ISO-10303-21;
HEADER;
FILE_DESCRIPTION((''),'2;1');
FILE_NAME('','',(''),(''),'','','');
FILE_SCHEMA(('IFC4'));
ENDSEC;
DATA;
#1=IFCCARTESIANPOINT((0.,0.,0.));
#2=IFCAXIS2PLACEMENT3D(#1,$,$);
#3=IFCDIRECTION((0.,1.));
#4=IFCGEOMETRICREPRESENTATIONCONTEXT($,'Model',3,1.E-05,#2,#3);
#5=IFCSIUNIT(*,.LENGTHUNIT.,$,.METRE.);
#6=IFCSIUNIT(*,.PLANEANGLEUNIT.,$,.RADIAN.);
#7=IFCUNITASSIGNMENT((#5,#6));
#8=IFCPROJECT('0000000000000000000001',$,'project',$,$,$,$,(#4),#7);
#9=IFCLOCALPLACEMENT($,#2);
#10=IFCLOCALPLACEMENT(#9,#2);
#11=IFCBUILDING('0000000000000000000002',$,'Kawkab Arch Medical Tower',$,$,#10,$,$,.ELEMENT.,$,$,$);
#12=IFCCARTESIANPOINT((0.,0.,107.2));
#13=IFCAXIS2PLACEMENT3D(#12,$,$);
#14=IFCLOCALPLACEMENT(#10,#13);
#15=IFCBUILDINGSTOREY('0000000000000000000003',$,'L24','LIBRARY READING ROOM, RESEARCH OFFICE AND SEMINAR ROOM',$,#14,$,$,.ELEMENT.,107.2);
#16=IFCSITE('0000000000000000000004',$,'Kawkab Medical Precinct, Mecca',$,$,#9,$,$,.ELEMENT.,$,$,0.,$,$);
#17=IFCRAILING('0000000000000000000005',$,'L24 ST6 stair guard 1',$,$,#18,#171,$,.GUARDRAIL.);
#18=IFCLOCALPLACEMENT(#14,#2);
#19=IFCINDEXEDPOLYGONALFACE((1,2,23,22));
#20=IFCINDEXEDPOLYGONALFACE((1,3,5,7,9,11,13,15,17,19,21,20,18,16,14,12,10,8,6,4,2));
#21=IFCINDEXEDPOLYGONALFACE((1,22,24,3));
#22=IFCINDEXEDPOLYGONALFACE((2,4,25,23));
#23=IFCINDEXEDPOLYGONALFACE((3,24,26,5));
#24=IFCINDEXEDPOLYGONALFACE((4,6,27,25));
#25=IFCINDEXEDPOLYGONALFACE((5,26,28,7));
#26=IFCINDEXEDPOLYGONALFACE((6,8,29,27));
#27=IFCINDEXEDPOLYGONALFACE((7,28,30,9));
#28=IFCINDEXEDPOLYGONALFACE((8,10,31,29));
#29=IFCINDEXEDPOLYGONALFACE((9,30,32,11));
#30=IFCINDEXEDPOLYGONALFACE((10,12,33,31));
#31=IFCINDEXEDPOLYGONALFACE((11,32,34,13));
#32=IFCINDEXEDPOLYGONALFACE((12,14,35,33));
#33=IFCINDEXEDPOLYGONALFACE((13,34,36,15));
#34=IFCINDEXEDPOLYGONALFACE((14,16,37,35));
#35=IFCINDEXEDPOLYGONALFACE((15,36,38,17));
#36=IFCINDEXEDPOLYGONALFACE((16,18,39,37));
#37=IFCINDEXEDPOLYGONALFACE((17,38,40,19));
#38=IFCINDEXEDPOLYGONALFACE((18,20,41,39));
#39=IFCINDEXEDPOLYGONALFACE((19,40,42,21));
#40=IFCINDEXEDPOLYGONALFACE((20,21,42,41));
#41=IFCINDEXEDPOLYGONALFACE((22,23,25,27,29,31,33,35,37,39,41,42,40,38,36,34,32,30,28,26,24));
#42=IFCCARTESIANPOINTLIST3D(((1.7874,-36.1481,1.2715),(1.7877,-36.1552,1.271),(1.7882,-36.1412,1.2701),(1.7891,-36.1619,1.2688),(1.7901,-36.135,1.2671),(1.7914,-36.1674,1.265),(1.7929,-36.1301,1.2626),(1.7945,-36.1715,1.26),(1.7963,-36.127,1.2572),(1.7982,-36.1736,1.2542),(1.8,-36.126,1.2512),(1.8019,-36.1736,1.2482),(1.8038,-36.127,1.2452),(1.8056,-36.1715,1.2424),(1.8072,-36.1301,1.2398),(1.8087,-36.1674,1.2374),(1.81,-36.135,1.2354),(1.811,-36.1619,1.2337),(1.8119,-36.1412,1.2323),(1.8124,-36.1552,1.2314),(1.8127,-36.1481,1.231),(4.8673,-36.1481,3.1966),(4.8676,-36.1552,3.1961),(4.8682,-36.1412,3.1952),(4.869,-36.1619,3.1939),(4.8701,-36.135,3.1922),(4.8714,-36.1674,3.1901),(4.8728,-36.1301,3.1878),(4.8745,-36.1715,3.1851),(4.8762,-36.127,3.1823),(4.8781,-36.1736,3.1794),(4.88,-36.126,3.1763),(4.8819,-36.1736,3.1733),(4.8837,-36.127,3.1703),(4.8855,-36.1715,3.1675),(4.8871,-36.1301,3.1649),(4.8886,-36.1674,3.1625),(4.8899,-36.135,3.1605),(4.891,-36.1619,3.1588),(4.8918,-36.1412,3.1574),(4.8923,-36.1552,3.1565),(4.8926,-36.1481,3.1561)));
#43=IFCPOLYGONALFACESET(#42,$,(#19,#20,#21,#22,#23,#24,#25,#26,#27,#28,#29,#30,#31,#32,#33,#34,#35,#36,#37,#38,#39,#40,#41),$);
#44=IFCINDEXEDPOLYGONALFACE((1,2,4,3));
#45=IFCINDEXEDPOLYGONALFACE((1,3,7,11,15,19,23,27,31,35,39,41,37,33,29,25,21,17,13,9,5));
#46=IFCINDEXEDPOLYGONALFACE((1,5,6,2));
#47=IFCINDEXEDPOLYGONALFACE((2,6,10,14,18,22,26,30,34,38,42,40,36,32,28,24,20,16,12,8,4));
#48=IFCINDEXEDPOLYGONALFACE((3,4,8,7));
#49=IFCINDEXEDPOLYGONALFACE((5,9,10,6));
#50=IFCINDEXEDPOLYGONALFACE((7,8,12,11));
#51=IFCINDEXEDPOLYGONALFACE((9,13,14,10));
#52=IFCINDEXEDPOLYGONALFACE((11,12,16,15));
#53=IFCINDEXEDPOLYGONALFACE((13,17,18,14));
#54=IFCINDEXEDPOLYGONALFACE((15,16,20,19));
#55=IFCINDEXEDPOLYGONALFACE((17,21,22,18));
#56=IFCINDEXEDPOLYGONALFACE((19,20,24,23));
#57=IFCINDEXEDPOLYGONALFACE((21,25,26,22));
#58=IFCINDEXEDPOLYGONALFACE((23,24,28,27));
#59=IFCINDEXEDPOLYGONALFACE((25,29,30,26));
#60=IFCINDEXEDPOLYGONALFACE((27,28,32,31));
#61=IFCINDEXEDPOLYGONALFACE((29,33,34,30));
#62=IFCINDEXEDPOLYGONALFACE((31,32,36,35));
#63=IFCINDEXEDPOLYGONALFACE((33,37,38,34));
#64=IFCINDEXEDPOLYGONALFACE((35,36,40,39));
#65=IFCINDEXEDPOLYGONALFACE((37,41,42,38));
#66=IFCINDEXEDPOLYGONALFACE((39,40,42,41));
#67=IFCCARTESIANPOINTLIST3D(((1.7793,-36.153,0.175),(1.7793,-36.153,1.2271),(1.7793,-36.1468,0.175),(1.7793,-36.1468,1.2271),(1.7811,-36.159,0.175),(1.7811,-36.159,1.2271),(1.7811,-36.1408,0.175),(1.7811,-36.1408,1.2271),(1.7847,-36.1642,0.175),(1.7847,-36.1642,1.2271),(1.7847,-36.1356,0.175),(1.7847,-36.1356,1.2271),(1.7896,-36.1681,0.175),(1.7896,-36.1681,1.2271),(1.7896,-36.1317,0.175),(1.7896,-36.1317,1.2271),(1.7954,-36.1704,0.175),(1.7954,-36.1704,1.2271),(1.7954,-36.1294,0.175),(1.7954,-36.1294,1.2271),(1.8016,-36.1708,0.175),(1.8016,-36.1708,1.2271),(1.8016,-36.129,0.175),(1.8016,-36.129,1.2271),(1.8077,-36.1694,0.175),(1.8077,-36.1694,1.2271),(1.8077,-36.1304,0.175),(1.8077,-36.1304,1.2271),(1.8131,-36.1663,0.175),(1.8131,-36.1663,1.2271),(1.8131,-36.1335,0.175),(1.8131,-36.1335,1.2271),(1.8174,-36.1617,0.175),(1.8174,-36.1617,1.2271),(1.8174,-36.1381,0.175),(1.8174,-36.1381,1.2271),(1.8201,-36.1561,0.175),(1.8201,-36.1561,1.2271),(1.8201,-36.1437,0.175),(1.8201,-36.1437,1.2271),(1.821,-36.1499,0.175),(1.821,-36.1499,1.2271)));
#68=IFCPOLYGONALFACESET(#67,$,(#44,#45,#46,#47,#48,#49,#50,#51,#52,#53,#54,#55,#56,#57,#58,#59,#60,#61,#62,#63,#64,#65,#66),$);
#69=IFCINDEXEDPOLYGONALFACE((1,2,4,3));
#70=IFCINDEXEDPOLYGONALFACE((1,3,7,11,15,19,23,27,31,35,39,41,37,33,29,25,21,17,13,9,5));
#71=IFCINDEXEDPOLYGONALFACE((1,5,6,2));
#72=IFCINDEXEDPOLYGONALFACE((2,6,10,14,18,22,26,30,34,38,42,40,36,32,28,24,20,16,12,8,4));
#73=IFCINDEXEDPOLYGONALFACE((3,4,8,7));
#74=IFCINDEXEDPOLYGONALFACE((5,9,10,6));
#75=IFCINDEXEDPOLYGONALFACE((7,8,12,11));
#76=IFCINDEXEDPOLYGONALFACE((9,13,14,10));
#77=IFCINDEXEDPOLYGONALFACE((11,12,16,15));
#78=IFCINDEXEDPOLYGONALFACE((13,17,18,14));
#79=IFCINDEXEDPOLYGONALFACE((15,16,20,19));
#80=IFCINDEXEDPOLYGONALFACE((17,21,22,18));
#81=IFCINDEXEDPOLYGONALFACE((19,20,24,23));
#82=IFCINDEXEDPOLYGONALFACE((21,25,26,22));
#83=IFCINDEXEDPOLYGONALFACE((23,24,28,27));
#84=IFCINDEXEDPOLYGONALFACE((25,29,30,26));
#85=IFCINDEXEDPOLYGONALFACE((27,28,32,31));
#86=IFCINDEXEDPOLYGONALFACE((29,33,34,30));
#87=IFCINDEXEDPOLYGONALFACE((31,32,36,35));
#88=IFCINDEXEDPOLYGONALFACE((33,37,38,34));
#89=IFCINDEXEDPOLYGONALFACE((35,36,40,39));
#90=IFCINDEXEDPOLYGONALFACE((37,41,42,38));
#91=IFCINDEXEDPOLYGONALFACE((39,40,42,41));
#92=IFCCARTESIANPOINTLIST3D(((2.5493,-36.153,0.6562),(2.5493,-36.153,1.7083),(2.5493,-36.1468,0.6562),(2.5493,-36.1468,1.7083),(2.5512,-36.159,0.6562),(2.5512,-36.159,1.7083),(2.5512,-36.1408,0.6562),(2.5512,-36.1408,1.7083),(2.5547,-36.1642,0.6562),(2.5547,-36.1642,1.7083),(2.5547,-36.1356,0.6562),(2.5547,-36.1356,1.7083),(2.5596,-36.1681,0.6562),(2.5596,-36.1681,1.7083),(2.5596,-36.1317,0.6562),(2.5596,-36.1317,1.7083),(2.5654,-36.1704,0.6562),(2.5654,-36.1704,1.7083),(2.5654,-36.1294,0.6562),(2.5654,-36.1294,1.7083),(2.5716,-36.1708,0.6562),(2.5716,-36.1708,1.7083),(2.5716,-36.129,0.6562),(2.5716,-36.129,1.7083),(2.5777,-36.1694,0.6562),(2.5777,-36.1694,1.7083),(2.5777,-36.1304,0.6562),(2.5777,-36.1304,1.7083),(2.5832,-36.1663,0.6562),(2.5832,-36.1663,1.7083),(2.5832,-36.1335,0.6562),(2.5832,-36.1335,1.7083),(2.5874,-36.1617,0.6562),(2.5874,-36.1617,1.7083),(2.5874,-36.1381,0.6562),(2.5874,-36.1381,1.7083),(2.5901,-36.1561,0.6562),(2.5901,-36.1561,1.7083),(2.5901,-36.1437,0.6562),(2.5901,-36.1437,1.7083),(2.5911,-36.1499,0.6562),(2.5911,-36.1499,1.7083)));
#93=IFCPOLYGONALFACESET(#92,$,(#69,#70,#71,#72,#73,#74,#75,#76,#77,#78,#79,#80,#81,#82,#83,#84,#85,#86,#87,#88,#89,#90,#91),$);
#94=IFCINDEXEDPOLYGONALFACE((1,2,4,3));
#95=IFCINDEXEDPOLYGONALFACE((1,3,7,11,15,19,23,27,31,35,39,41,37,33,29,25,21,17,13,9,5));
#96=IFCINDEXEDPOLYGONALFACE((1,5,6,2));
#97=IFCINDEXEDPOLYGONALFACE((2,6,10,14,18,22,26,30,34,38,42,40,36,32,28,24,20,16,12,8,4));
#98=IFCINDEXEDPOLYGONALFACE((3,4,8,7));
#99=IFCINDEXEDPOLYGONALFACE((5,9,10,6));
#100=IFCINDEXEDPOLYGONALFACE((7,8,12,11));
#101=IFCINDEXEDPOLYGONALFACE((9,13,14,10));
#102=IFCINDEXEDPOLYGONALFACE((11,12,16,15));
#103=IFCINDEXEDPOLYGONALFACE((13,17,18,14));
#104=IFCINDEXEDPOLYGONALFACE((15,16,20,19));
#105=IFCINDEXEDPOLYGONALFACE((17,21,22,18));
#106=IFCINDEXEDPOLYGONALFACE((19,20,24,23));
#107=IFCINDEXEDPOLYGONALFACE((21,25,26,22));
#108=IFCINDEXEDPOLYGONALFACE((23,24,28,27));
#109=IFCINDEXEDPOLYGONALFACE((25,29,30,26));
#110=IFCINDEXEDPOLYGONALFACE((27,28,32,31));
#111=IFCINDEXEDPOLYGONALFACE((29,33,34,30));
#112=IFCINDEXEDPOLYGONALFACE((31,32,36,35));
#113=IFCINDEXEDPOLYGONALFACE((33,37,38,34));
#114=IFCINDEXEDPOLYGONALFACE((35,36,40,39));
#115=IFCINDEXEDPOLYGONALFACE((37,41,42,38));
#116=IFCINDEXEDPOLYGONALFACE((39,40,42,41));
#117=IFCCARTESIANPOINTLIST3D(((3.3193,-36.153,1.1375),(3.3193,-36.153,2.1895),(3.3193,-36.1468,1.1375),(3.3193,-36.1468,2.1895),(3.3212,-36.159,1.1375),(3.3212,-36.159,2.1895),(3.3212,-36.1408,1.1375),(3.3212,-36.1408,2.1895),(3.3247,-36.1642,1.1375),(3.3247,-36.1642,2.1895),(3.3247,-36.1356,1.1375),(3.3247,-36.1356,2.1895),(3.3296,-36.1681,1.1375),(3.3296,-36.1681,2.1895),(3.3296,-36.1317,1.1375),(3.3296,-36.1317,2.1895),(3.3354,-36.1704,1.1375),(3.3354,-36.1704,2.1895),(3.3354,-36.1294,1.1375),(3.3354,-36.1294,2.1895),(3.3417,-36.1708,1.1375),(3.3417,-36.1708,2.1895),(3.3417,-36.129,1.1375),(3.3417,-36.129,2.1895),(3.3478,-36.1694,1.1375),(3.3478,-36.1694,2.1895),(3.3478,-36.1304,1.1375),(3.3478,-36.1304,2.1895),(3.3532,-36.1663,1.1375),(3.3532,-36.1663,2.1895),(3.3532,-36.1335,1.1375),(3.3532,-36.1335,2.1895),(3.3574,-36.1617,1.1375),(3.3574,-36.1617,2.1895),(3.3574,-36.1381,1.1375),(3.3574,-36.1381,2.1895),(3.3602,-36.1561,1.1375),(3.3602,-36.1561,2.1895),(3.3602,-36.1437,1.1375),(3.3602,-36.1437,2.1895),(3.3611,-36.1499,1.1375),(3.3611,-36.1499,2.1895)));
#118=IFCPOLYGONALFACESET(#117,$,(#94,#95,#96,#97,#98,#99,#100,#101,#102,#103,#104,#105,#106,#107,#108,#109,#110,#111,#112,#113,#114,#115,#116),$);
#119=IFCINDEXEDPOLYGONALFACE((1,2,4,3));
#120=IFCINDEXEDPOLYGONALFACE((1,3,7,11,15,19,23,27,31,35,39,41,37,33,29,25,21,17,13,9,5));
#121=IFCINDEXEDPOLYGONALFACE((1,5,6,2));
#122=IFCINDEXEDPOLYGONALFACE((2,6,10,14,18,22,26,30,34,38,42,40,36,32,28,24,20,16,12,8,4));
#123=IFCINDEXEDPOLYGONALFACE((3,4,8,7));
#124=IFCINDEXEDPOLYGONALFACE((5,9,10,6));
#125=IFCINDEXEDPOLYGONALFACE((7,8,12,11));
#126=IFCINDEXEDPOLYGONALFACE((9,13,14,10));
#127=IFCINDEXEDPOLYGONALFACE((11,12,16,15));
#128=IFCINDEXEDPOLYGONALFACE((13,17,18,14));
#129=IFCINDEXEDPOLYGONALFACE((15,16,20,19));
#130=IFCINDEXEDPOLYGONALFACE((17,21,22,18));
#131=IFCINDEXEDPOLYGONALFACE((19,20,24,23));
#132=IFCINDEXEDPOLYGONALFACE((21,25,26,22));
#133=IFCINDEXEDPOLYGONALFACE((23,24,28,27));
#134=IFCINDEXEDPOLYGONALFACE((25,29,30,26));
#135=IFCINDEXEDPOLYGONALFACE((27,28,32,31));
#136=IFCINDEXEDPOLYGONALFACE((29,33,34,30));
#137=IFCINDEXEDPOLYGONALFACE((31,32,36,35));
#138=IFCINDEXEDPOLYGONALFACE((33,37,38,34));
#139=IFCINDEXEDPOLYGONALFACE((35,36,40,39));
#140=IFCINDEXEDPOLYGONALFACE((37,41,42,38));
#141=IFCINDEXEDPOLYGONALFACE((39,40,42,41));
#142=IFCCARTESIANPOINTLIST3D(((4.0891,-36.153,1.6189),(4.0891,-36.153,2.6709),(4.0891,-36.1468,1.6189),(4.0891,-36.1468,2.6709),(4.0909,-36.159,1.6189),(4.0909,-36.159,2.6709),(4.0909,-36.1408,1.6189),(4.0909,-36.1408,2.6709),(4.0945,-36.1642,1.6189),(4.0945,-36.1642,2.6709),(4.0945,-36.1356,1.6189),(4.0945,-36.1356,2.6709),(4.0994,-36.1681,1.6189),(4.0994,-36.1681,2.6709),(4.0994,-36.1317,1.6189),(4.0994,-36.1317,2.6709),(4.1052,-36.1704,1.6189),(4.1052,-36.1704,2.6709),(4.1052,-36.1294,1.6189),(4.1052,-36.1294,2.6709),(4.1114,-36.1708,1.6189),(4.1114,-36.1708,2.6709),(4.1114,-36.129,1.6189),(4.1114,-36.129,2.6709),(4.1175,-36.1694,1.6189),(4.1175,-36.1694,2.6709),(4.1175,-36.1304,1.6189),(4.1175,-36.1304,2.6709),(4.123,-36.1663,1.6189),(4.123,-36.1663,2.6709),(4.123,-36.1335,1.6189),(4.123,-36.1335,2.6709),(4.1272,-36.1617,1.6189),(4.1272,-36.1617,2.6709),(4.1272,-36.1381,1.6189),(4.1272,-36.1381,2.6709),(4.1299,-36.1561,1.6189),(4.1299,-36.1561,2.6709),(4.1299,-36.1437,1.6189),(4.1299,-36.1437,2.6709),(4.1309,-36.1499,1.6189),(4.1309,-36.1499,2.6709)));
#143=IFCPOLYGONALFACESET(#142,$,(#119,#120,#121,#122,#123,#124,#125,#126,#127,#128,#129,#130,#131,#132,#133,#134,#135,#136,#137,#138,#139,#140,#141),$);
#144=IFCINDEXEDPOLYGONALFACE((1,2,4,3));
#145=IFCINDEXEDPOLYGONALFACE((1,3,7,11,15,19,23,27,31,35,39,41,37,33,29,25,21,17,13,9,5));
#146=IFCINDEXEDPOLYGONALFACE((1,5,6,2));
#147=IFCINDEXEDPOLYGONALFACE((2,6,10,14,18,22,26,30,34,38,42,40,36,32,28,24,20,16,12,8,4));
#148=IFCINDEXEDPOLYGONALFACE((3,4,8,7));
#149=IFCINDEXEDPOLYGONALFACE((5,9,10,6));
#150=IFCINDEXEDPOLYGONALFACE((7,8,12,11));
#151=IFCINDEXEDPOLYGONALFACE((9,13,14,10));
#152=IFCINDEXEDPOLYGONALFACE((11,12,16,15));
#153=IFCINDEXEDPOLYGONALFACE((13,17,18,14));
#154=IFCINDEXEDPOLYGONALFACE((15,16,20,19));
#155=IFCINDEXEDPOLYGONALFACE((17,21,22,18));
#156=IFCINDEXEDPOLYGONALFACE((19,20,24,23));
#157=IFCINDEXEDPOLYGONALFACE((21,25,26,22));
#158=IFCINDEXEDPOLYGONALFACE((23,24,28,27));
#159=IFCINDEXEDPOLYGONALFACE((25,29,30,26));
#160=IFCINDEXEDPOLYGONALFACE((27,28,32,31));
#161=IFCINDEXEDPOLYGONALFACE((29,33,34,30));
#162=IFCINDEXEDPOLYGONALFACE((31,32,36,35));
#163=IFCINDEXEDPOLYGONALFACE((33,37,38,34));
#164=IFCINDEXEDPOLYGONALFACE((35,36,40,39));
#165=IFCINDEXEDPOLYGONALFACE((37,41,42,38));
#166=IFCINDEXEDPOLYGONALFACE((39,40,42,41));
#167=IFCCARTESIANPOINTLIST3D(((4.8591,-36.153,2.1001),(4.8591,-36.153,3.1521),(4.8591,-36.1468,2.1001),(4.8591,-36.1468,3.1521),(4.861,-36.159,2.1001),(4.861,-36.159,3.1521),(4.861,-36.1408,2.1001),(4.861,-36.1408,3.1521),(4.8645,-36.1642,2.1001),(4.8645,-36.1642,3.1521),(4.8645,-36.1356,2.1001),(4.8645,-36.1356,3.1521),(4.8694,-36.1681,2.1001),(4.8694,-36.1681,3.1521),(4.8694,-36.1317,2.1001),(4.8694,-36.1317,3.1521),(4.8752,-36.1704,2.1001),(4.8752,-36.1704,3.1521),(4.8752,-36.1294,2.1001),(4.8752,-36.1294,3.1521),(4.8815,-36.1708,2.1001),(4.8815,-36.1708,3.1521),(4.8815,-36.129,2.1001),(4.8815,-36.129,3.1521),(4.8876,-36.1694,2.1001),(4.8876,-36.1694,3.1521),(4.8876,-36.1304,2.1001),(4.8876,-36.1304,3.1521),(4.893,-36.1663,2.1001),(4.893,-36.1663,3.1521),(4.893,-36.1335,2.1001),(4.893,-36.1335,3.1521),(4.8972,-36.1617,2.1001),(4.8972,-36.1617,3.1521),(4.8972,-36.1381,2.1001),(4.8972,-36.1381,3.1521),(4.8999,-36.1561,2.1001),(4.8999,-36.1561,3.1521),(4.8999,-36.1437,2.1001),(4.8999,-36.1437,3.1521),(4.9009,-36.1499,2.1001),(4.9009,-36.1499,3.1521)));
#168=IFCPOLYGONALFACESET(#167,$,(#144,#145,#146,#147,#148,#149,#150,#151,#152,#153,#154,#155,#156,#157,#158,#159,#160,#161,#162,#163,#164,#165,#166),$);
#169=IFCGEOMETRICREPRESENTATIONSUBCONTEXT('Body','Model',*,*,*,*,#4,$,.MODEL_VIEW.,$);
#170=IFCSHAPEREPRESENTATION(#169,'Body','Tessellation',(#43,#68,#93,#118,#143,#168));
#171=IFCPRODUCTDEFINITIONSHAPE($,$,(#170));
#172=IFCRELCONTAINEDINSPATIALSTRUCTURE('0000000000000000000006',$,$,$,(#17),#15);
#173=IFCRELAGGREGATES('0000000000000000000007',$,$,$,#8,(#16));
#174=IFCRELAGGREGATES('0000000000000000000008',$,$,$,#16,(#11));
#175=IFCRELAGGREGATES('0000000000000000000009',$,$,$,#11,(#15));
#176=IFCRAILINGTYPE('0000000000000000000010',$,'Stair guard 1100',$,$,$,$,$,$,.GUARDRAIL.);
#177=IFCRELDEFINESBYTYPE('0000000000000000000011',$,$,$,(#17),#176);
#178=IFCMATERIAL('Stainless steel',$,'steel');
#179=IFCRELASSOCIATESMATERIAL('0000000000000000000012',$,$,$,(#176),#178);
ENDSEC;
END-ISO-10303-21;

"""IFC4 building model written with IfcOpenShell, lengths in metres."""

from ifc_helpers import new_model, si_unit, direction, frame, origin, origin_2d, place, context, subcontext, project, spatial, circle, extrude, material, type_object, element, save


model = new_model("IFC4")

# Units and contexts
model_context = context("Model", 3, precision=1e-05, world=origin(), true_north=direction((0.0, 1.0)))
body_context = subcontext(model_context, "Body", "Model", "MODEL_VIEW")
ifc_project = project(units=[si_unit("LENGTHUNIT", "METRE"), si_unit("PLANEANGLEUNIT", "RADIAN")], contexts=[model_context])

# Site, building, storey
site_placement = place(None, origin())
site = spatial("IfcSite", under=ifc_project, at=site_placement, Name="Kawkab Medical Precinct, Mecca", CompositionType="ELEMENT", RefElevation=0.0)
building_placement = place(site_placement, origin())
building = spatial("IfcBuilding", under=site, at=building_placement, Name="Kawkab Arch Medical Tower", CompositionType="ELEMENT")
storey_placement = place(building_placement, frame((0.0, 0.0, 107.2)))
storey = spatial("IfcBuildingStorey", under=building, at=storey_placement, Name="L24", Description="LIBRARY READING ROOM, RESEARCH OFFICE AND SEMINAR ROOM", CompositionType="ELEMENT", Elevation=107.2)

# Railing
ifc_material_1 = material(Name="Stainless steel", Category="steel")
railing_type_1 = type_object("IfcRailingType", Name="Stair guard 1100", PredefinedType="GUARDRAIL", material=ifc_material_1)
railing_1_placement = place(storey_placement, frame((1.8, -36.1499, 0.175)))
element("IfcRailing", 1, at=railing_1_placement, inside=storey, type_object=railing_type_1, Name="L24 ST6 stair guard 1", PredefinedType="GUARDRAIL", context=body_context, shape_type="SweptSolid", body=[
    extrude(circle(Radius=0.0239, at=origin_2d()), frame((0.0, 0.0, 1.0762), z_axis=(0.847979, 0.0, 0.530029), x_axis=(0.0, 1.0, 0.0)), (0.0, 0.0, 1.0), 3.6321),
    extrude(circle(Radius=0.021, at=origin_2d()), origin(), (0.0, 0.0, 1.0), 1.052),
    extrude(circle(Radius=0.021, at=origin_2d()), frame((0.77, 0.0, 0.4812)), (0.0, 0.0, 1.0), 1.052),
    extrude(circle(Radius=0.021, at=origin_2d()), frame((1.54, 0.0, 0.9624)), (0.0, 0.0, 1.0), 1.052),
    extrude(circle(Radius=0.021, at=origin_2d()), frame((2.3098, 0.0, 1.4438)), (0.0, 0.0, 1.0), 1.052),
    extrude(circle(Radius=0.021, at=origin_2d()), frame((3.0798, 0.0, 1.925)), (0.0, 0.0, 1.0), 1.052),
])

save(model, "model.ifc")
